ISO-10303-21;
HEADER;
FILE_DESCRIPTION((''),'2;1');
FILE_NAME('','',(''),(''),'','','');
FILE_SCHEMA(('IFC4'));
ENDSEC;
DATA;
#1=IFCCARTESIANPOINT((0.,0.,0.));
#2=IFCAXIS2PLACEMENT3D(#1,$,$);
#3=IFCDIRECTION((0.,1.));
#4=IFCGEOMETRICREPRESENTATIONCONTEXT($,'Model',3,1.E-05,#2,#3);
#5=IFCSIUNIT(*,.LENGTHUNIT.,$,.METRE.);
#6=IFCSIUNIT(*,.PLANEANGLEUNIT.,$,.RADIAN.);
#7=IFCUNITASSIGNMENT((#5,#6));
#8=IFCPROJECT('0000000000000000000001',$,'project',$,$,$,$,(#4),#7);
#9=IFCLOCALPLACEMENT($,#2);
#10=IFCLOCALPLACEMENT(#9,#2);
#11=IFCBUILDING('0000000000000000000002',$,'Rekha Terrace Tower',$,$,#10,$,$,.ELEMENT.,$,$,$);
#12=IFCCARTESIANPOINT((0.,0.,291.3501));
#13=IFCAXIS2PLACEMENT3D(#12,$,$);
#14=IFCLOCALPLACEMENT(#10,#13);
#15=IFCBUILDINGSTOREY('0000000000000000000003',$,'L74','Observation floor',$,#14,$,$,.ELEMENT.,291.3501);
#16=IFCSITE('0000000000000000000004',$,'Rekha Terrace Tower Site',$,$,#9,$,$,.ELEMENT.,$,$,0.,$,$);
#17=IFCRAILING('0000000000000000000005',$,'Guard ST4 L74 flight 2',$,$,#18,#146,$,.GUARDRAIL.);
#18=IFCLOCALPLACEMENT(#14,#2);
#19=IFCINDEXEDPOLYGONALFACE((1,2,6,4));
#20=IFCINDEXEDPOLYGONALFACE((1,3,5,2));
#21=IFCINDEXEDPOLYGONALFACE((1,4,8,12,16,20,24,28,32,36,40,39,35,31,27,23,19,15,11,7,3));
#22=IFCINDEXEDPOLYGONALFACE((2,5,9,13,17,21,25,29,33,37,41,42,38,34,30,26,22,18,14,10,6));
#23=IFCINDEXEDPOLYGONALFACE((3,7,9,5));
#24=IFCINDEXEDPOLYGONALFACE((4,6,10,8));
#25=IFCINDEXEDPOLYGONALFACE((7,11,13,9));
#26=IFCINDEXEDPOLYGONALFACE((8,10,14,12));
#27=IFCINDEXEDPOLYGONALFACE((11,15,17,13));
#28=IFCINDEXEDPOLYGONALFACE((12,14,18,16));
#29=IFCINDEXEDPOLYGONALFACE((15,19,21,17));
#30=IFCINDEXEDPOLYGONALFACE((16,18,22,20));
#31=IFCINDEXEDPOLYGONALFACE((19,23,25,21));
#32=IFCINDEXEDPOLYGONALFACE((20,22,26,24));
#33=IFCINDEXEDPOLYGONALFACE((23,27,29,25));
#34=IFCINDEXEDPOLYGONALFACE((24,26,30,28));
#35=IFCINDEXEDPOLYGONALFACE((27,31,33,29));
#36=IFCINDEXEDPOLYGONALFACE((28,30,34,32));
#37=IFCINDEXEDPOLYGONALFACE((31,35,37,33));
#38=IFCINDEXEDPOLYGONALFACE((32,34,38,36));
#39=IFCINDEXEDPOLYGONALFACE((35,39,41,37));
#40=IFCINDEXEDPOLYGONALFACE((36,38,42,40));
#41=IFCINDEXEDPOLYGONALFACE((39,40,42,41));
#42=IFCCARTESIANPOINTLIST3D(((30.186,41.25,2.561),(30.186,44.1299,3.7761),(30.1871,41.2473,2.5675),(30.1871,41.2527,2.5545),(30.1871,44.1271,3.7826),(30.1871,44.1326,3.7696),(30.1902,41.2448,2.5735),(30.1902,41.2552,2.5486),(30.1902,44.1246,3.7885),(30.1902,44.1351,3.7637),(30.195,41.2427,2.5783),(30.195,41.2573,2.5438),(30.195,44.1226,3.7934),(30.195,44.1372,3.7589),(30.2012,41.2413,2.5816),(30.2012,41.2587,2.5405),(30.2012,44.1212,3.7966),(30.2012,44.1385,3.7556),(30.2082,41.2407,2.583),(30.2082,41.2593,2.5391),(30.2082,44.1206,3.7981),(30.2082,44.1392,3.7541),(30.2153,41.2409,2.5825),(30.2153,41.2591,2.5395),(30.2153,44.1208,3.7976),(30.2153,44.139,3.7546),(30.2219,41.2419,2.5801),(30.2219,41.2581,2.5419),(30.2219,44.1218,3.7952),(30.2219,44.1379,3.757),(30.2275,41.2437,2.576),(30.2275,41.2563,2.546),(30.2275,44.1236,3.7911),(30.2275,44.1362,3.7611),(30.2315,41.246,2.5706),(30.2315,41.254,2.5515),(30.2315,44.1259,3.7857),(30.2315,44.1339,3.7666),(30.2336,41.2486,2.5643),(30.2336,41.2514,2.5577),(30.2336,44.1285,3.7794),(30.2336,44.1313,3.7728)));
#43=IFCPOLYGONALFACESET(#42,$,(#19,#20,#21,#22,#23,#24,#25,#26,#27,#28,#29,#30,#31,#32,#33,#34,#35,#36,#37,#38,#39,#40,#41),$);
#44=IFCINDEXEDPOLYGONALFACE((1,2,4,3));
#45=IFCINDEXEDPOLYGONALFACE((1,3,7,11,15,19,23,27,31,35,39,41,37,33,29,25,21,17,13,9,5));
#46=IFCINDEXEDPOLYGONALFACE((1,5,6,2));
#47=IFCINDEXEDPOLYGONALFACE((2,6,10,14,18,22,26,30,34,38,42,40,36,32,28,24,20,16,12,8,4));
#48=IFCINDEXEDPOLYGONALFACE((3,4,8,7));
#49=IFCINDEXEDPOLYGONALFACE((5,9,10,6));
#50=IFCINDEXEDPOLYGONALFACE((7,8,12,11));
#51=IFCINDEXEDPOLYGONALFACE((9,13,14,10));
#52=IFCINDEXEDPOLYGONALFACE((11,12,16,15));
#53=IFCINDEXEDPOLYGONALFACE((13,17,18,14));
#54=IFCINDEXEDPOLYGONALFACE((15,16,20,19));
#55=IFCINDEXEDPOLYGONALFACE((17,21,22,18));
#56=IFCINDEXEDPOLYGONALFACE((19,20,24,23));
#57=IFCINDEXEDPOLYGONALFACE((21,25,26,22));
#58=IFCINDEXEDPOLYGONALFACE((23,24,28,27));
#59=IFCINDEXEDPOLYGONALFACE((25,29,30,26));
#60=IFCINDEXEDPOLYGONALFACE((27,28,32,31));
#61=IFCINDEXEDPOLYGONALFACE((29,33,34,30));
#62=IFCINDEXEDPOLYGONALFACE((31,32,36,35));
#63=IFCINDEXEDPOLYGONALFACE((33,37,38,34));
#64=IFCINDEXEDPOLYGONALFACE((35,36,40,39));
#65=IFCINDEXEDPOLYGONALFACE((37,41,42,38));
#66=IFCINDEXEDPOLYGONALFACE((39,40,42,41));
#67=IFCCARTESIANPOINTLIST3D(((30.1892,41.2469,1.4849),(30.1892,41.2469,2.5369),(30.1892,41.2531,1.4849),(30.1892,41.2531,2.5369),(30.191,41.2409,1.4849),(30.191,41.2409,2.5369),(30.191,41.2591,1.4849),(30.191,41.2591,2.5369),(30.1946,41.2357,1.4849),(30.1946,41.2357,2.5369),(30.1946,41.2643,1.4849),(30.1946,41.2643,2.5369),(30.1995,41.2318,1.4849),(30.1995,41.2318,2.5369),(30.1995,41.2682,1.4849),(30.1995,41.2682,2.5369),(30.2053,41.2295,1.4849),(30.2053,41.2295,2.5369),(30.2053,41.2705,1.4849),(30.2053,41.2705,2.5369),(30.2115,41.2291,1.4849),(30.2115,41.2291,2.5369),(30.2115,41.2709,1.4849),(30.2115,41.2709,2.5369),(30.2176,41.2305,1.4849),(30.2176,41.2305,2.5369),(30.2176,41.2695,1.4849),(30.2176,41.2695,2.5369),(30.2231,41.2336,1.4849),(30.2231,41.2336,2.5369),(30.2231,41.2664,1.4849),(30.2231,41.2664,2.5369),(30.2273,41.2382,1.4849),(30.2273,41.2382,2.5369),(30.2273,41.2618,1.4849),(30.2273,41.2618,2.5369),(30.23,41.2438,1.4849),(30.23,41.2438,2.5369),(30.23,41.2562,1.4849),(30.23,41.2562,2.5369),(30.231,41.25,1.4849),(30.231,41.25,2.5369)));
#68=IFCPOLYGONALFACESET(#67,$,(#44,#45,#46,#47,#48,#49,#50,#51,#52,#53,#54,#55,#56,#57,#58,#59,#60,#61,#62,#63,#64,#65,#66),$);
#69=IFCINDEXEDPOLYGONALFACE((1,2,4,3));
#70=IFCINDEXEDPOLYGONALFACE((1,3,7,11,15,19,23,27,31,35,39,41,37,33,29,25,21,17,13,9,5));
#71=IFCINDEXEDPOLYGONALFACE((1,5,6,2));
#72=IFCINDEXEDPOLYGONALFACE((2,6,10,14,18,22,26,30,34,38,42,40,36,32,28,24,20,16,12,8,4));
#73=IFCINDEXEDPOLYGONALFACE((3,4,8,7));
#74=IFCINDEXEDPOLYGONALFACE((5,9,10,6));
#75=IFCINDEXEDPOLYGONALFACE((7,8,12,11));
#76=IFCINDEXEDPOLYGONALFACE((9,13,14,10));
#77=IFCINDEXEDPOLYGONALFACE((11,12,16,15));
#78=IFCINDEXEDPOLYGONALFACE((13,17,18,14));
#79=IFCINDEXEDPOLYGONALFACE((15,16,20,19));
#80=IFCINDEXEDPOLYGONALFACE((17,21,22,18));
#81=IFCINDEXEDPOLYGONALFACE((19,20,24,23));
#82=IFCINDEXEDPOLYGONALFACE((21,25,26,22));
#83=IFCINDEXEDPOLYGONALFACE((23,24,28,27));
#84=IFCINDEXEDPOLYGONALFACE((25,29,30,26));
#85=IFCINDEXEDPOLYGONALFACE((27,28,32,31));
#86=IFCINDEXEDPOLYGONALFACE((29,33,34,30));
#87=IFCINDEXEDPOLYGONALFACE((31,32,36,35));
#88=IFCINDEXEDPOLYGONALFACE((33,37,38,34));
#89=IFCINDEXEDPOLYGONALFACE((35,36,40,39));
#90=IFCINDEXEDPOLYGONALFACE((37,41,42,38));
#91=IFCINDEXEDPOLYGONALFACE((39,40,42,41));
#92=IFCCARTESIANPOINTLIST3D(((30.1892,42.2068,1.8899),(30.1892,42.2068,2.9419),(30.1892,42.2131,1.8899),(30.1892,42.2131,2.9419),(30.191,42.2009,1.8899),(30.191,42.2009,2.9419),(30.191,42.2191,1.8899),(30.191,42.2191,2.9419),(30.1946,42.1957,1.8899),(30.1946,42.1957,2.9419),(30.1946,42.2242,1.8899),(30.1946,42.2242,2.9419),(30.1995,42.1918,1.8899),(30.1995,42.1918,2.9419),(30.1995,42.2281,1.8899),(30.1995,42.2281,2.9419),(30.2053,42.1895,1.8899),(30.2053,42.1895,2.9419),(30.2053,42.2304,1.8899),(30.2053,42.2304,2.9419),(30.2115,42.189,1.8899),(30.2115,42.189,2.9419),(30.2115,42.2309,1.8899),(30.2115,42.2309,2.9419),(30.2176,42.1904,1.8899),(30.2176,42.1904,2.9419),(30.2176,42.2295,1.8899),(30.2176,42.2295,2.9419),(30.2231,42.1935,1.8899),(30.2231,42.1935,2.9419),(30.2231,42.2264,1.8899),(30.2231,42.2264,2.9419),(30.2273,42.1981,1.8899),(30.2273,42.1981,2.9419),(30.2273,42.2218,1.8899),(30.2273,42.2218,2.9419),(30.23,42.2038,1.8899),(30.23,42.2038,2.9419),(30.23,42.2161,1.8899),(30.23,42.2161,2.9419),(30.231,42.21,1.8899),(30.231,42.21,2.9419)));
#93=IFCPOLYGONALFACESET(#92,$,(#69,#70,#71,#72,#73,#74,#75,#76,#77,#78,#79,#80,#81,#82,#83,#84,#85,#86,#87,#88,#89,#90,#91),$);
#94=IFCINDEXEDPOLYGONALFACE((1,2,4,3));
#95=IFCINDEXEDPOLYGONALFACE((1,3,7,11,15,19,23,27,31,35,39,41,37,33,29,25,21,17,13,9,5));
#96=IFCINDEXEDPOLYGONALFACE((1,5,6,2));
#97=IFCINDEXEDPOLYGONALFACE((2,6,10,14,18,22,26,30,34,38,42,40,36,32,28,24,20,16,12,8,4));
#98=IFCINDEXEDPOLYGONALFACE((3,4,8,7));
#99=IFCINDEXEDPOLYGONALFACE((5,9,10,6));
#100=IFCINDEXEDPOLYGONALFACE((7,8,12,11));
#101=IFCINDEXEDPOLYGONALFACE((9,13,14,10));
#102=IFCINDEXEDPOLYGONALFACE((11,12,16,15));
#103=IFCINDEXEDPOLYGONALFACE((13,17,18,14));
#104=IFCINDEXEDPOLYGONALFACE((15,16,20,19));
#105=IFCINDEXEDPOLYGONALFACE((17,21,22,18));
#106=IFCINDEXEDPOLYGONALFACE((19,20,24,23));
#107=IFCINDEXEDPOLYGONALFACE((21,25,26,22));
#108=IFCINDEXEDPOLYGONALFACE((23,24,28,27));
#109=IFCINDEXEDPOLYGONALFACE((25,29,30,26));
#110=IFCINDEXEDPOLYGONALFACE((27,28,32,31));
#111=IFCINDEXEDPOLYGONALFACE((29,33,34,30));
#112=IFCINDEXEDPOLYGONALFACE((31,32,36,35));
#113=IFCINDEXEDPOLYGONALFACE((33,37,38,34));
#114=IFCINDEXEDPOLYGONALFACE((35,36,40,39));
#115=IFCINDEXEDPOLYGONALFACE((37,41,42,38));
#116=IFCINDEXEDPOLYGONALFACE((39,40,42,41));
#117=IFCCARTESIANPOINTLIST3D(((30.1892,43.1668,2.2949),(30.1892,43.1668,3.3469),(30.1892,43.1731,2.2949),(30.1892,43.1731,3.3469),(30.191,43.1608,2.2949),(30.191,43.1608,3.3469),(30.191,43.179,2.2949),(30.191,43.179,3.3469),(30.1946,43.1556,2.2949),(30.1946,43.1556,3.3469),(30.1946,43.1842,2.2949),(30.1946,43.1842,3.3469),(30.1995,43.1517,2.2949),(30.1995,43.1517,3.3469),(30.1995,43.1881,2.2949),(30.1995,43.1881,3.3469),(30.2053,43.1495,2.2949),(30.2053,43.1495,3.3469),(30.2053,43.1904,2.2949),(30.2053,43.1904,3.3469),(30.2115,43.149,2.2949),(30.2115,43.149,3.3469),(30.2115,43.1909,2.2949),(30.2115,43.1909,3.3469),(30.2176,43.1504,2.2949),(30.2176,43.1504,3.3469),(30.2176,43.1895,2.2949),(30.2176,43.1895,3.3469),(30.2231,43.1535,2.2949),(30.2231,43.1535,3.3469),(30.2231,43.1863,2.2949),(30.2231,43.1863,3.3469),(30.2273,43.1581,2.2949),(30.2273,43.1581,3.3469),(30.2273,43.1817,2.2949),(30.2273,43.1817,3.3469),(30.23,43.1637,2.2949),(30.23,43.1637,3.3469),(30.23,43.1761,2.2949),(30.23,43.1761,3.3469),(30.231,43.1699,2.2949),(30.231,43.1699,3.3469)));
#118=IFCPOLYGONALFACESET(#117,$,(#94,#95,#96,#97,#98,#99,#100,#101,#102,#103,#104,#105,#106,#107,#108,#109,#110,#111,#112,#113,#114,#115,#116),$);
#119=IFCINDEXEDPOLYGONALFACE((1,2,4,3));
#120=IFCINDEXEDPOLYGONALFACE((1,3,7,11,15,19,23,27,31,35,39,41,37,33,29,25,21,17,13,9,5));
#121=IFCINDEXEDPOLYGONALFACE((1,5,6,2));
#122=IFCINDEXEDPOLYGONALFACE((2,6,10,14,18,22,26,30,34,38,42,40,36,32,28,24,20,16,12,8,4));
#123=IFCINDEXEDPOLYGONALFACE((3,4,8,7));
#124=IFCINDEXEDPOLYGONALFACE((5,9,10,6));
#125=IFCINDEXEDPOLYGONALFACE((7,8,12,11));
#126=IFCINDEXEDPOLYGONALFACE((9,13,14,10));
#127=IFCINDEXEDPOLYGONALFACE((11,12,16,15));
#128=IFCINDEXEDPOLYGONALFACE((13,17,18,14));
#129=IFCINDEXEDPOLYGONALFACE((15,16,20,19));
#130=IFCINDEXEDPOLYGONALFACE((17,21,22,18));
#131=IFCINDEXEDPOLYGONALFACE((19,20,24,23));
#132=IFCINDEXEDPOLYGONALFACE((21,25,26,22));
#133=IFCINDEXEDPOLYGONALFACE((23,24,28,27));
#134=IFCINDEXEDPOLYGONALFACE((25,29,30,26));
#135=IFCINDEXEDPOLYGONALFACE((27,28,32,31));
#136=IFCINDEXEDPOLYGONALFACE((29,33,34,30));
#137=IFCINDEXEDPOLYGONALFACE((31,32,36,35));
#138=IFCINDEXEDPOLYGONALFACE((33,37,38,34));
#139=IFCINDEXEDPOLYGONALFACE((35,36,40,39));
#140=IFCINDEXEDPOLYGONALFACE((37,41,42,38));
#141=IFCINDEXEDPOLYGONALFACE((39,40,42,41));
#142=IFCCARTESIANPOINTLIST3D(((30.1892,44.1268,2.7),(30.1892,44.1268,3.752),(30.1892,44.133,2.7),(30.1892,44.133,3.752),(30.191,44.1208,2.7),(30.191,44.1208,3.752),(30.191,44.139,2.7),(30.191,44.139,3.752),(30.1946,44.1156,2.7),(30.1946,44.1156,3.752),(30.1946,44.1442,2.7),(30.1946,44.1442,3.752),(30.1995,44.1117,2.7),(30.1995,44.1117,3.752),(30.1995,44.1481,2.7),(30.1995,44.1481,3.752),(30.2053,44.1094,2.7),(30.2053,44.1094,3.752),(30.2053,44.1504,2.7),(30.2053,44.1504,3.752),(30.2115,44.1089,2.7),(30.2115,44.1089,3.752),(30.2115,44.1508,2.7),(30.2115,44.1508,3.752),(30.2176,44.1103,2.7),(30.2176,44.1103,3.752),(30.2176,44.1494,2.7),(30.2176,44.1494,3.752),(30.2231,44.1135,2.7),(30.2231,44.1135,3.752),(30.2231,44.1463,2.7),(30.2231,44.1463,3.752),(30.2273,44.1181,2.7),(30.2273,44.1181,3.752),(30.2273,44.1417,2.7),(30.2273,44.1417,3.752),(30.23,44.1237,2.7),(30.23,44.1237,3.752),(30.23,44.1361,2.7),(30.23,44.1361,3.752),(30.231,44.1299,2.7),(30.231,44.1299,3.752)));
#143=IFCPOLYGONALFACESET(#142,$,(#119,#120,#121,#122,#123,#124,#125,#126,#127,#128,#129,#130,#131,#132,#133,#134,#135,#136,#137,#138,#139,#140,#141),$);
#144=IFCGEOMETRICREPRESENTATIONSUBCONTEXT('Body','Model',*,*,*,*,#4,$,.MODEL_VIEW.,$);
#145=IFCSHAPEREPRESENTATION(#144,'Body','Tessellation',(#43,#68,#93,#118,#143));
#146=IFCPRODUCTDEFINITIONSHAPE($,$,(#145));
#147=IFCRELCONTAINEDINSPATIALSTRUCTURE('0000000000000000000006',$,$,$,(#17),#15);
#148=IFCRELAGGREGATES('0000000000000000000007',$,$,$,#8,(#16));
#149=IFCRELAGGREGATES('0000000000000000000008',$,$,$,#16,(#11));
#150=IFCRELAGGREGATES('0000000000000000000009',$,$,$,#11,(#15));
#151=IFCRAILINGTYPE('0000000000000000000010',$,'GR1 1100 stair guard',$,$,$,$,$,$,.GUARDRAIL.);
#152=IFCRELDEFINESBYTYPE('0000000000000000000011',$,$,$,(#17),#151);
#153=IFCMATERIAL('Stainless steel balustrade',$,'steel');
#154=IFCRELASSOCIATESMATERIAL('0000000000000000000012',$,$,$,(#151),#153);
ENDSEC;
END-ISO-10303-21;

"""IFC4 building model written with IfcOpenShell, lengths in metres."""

from ifc_helpers import new_model, si_unit, direction, frame, origin, origin_2d, place, context, subcontext, project, spatial, circle, extrude, material, type_object, element, save


model = new_model("IFC4")

# Units and contexts
model_context = context("Model", 3, precision=1e-05, world=origin(), true_north=direction((0.0, 1.0)))
body_context = subcontext(model_context, "Body", "Model", "MODEL_VIEW")
ifc_project = project(units=[si_unit("LENGTHUNIT", "METRE"), si_unit("PLANEANGLEUNIT", "RADIAN")], contexts=[model_context])

# Site, building, storey
site_placement = place(None, origin())
site = spatial("IfcSite", under=ifc_project, at=site_placement, Name="Rekha Terrace Tower Site", CompositionType="ELEMENT", RefElevation=0.0)
building_placement = place(site_placement, origin())
building = spatial("IfcBuilding", under=site, at=building_placement, Name="Rekha Terrace Tower", CompositionType="ELEMENT")
storey_placement = place(building_placement, frame((0.0, 0.0, 291.3501)))
storey = spatial("IfcBuildingStorey", under=building, at=storey_placement, Name="L74", Description="Observation floor", CompositionType="ELEMENT", Elevation=291.3501)

# Railing
ifc_material_1 = material(Name="Stainless steel balustrade", Category="steel")
railing_type_1 = type_object("IfcRailingType", Name="GR1 1100 stair guard", PredefinedType="GUARDRAIL", material=ifc_material_1)
railing_1_placement = place(storey_placement, frame((30.21, 41.25, 1.4849)))
element("IfcRailing", 1, at=railing_1_placement, inside=storey, type_object=railing_type_1, Name="Guard ST4 L74 flight 2", PredefinedType="GUARDRAIL", context=body_context, shape_type="SweptSolid", body=[
    extrude(circle(Radius=0.0239, at=origin_2d()), frame((0.0, 0.0, 1.0762), z_axis=(0.0, 0.921348, 0.388738), x_axis=(-1.0, 0.0, 0.0)), (0.0, 0.0, 1.0), 3.1257),
    extrude(circle(Radius=0.021, at=origin_2d()), origin(), (0.0, 0.0, 1.0), 1.052),
    extrude(circle(Radius=0.021, at=origin_2d()), frame((0.0, 0.96, 0.405)), (0.0, 0.0, 1.0), 1.052),
    extrude(circle(Radius=0.021, at=origin_2d()), frame((0.0, 1.9199, 0.8101)), (0.0, 0.0, 1.0), 1.052),
    extrude(circle(Radius=0.021, at=origin_2d()), frame((0.0, 2.8799, 1.2151)), (0.0, 0.0, 1.0), 1.052),
])

save(model, "model.ifc")
